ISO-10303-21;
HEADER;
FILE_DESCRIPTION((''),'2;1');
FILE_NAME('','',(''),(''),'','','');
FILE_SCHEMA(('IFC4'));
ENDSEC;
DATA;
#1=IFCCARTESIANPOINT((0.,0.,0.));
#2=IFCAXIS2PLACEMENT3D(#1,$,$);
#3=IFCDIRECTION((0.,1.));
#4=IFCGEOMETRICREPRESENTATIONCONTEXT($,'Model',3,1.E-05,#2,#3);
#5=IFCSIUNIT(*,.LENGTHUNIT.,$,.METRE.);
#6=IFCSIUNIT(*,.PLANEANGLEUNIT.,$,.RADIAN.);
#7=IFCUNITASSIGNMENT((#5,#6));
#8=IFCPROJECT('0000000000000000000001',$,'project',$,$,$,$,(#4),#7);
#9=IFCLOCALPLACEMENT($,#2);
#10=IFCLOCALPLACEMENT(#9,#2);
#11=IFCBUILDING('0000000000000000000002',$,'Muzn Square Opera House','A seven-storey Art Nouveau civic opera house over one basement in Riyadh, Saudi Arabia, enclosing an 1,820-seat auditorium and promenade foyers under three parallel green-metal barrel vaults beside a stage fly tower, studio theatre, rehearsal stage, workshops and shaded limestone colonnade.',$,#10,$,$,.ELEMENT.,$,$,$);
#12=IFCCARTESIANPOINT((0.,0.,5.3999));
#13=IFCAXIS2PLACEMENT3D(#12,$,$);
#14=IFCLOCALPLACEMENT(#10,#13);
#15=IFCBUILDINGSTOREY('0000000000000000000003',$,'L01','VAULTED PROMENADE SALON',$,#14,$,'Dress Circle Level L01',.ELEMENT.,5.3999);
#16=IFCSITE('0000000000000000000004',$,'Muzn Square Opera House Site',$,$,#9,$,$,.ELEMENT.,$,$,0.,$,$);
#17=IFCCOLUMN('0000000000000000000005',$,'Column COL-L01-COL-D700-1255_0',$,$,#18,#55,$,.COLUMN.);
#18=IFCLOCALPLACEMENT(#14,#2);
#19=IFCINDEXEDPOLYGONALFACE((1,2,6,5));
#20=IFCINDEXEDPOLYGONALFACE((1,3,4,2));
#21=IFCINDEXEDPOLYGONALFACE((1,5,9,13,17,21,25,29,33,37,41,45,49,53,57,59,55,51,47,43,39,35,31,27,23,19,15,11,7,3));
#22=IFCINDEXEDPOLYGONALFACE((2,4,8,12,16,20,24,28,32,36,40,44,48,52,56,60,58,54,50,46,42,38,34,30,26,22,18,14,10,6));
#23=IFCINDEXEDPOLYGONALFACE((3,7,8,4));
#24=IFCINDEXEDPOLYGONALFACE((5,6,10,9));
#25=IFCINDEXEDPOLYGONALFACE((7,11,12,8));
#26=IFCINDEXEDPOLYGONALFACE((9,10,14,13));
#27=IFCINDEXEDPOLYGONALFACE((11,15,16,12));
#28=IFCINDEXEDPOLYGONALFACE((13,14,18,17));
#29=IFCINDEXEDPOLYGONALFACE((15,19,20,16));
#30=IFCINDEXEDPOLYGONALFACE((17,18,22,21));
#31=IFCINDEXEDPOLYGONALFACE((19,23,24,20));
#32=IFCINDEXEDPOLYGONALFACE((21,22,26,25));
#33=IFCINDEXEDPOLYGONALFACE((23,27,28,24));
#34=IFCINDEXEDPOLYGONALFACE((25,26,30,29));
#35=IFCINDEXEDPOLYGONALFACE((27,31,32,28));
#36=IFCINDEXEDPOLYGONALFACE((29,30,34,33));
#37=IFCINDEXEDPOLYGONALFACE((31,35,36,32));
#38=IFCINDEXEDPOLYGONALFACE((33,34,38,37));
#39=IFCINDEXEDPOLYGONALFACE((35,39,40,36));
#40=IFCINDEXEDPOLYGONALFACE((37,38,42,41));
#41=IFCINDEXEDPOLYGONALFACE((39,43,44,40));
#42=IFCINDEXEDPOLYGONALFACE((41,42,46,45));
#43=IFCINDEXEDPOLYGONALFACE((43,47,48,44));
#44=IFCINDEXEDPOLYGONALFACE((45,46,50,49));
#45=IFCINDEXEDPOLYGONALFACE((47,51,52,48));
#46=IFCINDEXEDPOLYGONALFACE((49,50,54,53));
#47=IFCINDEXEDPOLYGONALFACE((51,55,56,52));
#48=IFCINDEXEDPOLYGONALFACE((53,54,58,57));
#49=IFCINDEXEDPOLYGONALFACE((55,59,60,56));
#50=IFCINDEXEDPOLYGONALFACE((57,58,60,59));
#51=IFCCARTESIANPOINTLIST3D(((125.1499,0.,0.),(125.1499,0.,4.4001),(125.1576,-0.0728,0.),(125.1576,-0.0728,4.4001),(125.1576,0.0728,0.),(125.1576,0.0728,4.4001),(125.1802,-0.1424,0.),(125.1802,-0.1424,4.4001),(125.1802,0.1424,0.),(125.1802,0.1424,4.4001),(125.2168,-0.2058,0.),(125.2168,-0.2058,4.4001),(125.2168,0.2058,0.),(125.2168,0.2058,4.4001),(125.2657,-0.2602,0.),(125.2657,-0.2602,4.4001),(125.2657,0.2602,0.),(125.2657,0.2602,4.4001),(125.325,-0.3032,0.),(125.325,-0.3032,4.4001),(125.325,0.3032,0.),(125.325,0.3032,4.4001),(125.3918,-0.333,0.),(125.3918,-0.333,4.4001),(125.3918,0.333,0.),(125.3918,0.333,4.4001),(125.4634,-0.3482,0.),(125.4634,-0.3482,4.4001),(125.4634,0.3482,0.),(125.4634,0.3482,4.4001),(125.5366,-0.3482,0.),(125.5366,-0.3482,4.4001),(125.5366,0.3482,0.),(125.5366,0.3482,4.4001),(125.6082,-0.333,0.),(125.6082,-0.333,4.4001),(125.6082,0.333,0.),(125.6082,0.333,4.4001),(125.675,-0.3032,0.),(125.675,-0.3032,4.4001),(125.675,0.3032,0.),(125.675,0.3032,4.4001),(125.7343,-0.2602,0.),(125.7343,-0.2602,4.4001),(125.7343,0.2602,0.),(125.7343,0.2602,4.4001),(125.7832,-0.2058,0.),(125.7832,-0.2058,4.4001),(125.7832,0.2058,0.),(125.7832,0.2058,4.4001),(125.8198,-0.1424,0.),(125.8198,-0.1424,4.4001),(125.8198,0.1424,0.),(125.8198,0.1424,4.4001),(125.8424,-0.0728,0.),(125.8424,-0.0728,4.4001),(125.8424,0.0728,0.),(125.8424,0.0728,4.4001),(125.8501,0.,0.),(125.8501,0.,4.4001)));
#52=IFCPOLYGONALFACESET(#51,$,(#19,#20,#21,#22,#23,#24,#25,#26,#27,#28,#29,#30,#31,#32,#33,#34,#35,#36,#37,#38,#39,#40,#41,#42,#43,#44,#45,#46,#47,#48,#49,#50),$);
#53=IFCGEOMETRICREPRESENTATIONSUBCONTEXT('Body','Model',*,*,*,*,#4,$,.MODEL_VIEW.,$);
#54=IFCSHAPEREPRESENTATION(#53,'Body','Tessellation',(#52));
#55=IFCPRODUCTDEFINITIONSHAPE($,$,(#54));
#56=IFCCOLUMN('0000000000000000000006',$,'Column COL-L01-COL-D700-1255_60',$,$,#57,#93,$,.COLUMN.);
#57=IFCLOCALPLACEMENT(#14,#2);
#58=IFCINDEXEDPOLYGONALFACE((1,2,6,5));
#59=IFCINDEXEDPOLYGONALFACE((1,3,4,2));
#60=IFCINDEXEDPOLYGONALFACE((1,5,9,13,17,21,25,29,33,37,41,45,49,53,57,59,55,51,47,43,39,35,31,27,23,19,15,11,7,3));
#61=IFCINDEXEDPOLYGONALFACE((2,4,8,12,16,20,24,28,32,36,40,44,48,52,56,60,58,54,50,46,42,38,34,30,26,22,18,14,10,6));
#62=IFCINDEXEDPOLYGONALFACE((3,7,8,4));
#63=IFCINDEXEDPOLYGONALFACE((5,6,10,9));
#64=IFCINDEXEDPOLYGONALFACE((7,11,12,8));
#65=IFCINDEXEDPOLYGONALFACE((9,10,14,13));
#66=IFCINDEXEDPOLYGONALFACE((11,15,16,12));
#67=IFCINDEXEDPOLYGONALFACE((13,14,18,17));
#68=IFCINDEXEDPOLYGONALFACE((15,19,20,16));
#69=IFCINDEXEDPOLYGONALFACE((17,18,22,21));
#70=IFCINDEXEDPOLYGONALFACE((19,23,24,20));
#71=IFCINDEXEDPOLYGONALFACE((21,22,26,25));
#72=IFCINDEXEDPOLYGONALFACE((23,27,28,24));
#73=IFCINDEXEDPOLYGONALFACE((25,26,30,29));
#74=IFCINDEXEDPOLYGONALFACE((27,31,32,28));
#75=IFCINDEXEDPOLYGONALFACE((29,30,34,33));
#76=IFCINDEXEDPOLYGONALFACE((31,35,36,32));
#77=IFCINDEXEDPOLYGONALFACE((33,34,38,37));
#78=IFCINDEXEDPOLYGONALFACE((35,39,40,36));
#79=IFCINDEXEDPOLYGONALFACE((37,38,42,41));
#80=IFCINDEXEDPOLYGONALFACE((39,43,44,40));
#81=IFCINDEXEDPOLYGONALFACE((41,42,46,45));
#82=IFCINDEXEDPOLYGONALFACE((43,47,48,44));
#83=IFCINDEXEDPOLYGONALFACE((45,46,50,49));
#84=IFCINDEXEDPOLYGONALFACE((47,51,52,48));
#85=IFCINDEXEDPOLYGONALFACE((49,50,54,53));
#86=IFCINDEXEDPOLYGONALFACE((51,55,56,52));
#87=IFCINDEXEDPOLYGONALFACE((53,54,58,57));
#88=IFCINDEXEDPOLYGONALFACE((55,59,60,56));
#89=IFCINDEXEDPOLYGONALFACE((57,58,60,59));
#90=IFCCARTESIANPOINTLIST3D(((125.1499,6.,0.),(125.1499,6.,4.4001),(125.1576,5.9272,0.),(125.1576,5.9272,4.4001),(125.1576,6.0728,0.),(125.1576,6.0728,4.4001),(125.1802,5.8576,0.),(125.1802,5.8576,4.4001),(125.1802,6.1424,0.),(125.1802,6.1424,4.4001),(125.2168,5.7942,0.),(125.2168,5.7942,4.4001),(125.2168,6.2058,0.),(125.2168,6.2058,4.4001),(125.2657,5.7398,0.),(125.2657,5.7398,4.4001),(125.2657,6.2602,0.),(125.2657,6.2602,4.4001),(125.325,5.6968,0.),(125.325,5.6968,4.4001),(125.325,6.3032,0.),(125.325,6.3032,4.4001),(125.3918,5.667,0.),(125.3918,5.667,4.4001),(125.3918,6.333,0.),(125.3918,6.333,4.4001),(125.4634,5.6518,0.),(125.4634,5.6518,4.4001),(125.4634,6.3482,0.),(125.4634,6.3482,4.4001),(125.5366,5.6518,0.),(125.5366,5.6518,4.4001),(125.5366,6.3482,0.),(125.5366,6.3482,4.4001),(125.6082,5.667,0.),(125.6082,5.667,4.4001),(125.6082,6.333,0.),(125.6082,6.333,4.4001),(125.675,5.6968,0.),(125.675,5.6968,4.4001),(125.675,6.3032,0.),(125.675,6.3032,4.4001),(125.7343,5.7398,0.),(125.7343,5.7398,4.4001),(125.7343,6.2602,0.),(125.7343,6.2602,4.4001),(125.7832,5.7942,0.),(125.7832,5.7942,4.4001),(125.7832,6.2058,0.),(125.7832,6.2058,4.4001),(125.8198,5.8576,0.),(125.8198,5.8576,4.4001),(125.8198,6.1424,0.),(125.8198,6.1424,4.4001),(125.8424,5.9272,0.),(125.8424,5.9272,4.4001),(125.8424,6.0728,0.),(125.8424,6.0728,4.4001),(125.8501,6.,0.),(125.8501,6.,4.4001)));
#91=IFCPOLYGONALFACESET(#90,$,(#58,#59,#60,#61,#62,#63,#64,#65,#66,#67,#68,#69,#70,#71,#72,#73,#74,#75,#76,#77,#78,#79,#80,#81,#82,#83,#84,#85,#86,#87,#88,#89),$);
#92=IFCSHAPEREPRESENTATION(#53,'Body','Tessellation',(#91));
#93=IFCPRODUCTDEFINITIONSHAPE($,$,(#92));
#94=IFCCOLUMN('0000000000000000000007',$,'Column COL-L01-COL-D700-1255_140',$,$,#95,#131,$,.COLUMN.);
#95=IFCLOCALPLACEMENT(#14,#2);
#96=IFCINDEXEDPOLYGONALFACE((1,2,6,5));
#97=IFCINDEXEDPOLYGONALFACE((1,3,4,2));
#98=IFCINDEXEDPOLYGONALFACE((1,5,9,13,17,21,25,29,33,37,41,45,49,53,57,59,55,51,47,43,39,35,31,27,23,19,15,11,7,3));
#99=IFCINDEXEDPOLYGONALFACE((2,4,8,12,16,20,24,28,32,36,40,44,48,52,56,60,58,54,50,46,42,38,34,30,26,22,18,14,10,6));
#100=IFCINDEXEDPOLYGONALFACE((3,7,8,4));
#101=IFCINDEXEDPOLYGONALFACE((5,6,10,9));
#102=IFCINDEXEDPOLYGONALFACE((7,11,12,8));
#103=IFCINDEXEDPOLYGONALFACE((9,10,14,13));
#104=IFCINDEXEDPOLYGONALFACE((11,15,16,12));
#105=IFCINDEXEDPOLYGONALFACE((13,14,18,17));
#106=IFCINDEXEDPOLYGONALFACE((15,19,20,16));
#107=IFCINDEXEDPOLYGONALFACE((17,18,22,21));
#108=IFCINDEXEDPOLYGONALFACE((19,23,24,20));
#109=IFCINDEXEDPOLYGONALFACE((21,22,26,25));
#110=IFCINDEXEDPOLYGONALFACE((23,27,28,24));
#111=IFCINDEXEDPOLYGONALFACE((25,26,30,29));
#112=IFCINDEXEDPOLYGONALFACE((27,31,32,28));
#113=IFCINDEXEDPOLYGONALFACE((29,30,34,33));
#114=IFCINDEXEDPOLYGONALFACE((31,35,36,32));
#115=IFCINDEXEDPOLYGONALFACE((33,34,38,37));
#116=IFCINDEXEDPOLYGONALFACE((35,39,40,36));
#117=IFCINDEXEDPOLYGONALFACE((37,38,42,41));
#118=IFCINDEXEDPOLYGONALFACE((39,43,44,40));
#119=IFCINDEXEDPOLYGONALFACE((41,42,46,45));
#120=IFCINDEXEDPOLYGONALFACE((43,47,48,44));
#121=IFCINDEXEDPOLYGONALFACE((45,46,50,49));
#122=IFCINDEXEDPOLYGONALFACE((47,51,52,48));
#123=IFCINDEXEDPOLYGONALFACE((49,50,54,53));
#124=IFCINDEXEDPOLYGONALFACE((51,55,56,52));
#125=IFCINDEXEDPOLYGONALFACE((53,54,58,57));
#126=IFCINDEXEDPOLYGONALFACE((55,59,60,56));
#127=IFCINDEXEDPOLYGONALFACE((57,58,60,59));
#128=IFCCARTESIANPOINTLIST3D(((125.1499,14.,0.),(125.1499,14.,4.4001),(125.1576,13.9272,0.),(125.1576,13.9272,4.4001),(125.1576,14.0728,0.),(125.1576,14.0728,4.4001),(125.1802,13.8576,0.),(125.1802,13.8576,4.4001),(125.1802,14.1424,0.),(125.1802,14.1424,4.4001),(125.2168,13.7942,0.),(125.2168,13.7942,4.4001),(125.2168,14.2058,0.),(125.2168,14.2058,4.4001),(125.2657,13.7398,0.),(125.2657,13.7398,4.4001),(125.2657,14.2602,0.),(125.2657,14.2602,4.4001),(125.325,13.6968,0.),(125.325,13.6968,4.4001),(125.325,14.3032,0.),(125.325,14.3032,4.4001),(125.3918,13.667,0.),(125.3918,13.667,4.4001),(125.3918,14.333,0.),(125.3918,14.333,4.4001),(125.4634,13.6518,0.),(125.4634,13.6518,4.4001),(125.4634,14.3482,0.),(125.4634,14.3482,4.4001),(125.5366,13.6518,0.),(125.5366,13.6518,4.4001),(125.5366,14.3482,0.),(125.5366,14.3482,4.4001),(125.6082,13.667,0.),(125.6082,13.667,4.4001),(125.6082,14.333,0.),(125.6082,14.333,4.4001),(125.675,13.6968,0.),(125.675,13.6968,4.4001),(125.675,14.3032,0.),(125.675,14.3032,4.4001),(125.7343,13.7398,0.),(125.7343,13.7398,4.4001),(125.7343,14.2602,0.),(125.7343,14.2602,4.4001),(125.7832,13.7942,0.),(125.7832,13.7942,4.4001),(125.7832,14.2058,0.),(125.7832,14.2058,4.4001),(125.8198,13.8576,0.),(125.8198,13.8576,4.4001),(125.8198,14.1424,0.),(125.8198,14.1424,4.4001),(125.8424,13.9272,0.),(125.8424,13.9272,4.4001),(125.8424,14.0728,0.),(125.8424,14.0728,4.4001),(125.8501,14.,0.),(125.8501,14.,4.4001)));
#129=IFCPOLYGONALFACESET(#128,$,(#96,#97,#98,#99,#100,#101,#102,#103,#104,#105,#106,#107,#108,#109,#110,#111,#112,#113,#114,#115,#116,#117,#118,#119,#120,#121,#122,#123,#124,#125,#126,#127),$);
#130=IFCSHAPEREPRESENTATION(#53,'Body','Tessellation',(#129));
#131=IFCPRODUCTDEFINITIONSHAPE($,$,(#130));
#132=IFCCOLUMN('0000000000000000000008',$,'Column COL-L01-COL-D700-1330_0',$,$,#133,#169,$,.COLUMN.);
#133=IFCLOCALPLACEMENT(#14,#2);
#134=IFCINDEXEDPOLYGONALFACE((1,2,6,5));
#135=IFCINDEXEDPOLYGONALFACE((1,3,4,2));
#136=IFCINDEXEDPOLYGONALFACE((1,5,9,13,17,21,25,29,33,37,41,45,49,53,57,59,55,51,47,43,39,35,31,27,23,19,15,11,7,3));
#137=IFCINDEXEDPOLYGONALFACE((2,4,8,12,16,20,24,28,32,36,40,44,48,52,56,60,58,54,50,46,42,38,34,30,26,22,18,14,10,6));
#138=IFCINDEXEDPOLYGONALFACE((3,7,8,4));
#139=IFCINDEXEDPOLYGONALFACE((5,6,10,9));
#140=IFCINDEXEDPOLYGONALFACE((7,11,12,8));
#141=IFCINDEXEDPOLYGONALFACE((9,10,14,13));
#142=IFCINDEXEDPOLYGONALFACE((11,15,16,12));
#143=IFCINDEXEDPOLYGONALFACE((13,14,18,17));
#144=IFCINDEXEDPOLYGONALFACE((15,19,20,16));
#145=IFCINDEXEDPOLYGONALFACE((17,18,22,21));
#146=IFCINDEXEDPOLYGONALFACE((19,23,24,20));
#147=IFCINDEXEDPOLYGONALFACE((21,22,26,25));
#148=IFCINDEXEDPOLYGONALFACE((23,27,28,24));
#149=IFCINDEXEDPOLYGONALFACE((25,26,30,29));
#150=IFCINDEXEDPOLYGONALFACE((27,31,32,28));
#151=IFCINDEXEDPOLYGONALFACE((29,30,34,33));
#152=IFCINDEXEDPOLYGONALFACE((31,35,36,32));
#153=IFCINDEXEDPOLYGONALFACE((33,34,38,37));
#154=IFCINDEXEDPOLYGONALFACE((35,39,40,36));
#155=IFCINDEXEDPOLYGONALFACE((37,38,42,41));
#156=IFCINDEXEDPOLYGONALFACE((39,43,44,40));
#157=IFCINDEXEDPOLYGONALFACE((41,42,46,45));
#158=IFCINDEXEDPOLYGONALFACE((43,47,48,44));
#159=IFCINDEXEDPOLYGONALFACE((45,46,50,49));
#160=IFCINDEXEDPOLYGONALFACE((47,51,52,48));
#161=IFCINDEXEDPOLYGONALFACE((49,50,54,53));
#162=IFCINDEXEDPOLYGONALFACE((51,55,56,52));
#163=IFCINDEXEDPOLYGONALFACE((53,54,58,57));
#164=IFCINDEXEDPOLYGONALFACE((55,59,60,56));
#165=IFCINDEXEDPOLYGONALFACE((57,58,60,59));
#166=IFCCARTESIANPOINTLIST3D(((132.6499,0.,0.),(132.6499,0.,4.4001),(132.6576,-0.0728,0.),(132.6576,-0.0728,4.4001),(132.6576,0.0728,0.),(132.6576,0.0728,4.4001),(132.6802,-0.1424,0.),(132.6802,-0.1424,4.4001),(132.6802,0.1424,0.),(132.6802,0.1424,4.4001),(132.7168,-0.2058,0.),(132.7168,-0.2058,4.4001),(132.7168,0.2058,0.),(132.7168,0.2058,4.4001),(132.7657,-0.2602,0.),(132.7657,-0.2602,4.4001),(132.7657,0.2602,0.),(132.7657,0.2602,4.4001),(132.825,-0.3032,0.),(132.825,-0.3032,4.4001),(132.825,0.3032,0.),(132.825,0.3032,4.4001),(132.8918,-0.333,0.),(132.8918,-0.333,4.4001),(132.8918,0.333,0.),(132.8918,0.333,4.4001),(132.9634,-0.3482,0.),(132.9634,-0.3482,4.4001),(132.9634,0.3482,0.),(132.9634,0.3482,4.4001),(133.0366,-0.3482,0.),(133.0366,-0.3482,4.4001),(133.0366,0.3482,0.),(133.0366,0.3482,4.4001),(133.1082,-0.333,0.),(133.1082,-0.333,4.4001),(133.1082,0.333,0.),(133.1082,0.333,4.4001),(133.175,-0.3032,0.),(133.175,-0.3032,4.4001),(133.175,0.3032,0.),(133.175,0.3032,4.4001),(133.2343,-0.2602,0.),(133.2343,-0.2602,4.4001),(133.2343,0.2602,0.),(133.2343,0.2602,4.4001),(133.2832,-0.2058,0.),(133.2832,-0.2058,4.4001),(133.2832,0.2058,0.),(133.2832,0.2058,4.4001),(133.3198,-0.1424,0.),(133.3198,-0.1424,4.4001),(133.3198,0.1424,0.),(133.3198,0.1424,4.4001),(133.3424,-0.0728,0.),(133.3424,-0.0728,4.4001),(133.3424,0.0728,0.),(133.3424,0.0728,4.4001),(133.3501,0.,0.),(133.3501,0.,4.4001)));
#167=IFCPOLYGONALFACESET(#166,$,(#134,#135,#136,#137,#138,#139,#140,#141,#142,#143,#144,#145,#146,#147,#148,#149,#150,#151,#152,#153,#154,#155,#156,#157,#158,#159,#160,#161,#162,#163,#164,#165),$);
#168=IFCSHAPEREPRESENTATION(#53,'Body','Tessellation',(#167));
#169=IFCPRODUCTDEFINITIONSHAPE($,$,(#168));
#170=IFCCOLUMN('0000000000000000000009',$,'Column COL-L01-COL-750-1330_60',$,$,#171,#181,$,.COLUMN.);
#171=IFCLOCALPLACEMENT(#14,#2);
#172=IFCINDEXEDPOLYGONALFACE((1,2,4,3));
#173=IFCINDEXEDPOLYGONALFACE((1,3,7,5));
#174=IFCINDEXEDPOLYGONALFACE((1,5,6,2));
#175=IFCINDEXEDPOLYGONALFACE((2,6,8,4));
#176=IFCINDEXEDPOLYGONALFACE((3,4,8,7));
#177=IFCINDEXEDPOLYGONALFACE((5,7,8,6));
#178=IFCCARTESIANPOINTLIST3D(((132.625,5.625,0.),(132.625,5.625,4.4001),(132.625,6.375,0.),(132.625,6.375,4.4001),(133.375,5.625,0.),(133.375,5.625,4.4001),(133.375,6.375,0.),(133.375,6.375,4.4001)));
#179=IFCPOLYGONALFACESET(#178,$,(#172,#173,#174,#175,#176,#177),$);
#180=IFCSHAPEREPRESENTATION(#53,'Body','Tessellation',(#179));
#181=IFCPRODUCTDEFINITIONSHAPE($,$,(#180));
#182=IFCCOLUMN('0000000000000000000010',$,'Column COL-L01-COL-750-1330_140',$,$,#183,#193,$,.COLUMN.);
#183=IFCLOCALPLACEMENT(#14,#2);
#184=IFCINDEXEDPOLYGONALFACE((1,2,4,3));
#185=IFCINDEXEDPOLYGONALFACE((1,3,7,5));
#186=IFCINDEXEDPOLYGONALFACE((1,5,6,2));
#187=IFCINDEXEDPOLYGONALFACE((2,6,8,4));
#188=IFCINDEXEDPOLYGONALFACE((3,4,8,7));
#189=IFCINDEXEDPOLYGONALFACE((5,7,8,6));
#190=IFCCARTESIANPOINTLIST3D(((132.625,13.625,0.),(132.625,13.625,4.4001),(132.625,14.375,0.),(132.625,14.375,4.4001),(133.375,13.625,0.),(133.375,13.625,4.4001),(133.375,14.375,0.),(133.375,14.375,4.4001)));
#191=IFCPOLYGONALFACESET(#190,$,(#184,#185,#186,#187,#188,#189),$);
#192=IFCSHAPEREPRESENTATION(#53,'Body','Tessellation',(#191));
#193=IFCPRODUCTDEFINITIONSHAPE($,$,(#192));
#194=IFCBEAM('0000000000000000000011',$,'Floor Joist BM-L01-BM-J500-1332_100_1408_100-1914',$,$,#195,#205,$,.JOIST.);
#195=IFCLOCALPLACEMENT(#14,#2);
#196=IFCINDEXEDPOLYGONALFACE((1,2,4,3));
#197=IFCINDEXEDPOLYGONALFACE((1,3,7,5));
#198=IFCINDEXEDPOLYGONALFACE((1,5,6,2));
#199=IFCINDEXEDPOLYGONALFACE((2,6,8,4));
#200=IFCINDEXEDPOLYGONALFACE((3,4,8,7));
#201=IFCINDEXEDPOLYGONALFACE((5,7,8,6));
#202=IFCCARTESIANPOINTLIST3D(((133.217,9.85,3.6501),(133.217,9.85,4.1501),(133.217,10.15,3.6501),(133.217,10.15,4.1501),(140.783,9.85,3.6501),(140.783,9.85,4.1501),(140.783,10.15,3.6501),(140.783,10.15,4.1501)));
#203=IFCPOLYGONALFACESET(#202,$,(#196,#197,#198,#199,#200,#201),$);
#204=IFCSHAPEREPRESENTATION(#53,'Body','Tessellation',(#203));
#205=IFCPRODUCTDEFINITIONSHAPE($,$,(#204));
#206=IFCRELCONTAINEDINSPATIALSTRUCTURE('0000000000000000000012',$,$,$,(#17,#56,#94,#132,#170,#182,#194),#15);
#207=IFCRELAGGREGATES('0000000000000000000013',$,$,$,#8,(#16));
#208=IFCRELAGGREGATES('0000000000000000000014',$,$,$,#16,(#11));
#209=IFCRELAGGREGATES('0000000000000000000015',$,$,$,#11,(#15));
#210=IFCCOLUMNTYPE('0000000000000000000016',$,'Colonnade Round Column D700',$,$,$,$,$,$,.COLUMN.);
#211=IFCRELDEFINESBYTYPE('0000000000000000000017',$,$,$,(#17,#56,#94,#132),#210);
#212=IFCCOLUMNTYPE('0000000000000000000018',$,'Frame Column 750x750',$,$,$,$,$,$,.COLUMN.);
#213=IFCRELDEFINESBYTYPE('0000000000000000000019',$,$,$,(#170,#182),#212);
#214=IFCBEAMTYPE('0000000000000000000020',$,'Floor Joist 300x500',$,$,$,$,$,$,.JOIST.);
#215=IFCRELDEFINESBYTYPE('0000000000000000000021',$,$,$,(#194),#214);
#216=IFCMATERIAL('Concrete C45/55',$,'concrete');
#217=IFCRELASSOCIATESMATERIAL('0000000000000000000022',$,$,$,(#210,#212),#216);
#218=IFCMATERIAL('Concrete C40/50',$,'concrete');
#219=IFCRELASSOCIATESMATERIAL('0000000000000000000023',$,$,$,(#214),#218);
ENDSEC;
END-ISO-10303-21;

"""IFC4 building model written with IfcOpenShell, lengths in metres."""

from ifc_helpers import new_model, si_unit, direction, frame, origin, origin_2d, place, context, subcontext, project, spatial, rectangle, circle, extrude, material, material_profile, profile_set, type_object, element, save


model = new_model("IFC4")

# Units and contexts
model_context = context("Model", 3, precision=1e-05, world=origin(), true_north=direction((0.0, 1.0)))
body_context = subcontext(model_context, "Body", "Model", "MODEL_VIEW")
ifc_project = project(units=[si_unit("LENGTHUNIT", "METRE"), si_unit("PLANEANGLEUNIT", "RADIAN")], contexts=[model_context])

# Site, building, storey
site_placement = place(None, origin())
site = spatial("IfcSite", under=ifc_project, at=site_placement, Name="Muzn Square Opera House Site", CompositionType="ELEMENT", RefElevation=0.0)
building_placement = place(site_placement, origin())
building = spatial("IfcBuilding", under=site, at=building_placement, Name="Muzn Square Opera House", Description="A seven-storey Art Nouveau civic opera house over one basement in Riyadh, Saudi Arabia, enclosing an 1,820-seat auditorium and promenade foyers under three parallel green-metal barrel vaults beside a stage fly tower, studio theatre, rehearsal stage, workshops and shaded limestone colonnade.", CompositionType="ELEMENT")
storey_placement = place(building_placement, frame((0.0, 0.0, 5.3999)))
storey = spatial("IfcBuildingStorey", under=building, at=storey_placement, Name="L01", Description="VAULTED PROMENADE SALON", LongName="Dress Circle Level L01", CompositionType="ELEMENT", Elevation=5.3999)

# Columns
ifc_material_1 = material(Name="Concrete C45/55", Category="concrete")
ifc_material_profile_1 = material_profile(ifc_material_1, circle(Radius=0.3501, at=origin_2d()), Name="RCC D700", Category="concrete")
ifc_profile_set_1 = profile_set([ifc_material_profile_1], Name="Concrete C45/55")
column_type_1 = type_object("IfcColumnType", Name="Colonnade Round Column D700", PredefinedType="COLUMN", material=ifc_profile_set_1)
for number, where, z_axis, x_axis, name in (
    (1, (125.5, 0.0, 0.0), (0.0, 0.0, 1.0), (1.0, 0.0, 0.0), "Column COL-L01-COL-D700-1255_0"),
    (2, (125.5, 6.0, 0.0), (0.0, 0.0, 1.0), (1.0, 0.0, 0.0), "Column COL-L01-COL-D700-1255_60"),
    (3, (125.5, 14.0, 0.0), (0.0, 0.0, 1.0), (1.0, 0.0, 0.0), "Column COL-L01-COL-D700-1255_140"),
    (4, (133.0, 0.0, 0.0), (0.0, 0.0, 1.0), (1.0, 0.0, 0.0), "Column COL-L01-COL-D700-1330_0"),
):
    element("IfcColumn", number, at=place(storey_placement, frame(where, z_axis=z_axis, x_axis=x_axis)), inside=storey, type_object=column_type_1, Name=name, PredefinedType="COLUMN", context=body_context, shape_type="SweptSolid", body=[
        extrude(circle(Radius=0.3501, at=origin_2d()), origin(), (0.0, 0.0, 1.0), 4.4001),
    ])
ifc_material_profile_2 = material_profile(ifc_material_1, rectangle(XDim=0.75, YDim=0.75, at=origin_2d()), Name="RC 750x750", Category="concrete")
ifc_profile_set_2 = profile_set([ifc_material_profile_2], Name="Concrete C45/55")
column_type_2 = type_object("IfcColumnType", Name="Frame Column 750x750", PredefinedType="COLUMN", material=ifc_profile_set_2)
for number, where, z_axis, x_axis, name in (
    (5, (133.0, 6.0, 0.0), (0.0, 0.0, 1.0), (1.0, 0.0, 0.0), "Column COL-L01-COL-750-1330_60"),
    (6, (133.0, 14.0, 0.0), (0.0, 0.0, 1.0), (1.0, 0.0, 0.0), "Column COL-L01-COL-750-1330_140"),
):
    element("IfcColumn", number, at=place(storey_placement, frame(where, z_axis=z_axis, x_axis=x_axis)), inside=storey, type_object=column_type_2, Name=name, PredefinedType="COLUMN", context=body_context, shape_type="SweptSolid", body=[
        extrude(rectangle(XDim=0.75, YDim=0.75, at=origin_2d()), origin(), (0.0, 0.0, 1.0), 4.4001),
    ])

# Beam
ifc_material_2 = material(Name="Concrete C40/50", Category="concrete")
ifc_material_profile_3 = material_profile(ifc_material_2, rectangle(XDim=0.3, YDim=0.5, at=origin_2d()), Name="RCJ 300x500", Category="concrete")
ifc_profile_set_3 = profile_set([ifc_material_profile_3], Name="Concrete C40/50")
beam_type_1 = type_object("IfcBeamType", Name="Floor Joist 300x500", PredefinedType="JOIST", material=ifc_profile_set_3)
beam_1_placement = place(storey_placement, frame((133.217, 10.0, 3.9001), z_axis=(1.0, 0.0, 0.0), x_axis=(0.0, 1.0, 0.0)))
element("IfcBeam", 7, at=beam_1_placement, inside=storey, type_object=beam_type_1, Name="Floor Joist BM-L01-BM-J500-1332_100_1408_100-1914", PredefinedType="JOIST", context=body_context, shape_type="SweptSolid", body=[
    extrude(rectangle(XDim=0.3, YDim=0.5, at=origin_2d()), origin(), (0.0, 0.0, 1.0), 7.5659),
])

save(model, "model.ifc")
